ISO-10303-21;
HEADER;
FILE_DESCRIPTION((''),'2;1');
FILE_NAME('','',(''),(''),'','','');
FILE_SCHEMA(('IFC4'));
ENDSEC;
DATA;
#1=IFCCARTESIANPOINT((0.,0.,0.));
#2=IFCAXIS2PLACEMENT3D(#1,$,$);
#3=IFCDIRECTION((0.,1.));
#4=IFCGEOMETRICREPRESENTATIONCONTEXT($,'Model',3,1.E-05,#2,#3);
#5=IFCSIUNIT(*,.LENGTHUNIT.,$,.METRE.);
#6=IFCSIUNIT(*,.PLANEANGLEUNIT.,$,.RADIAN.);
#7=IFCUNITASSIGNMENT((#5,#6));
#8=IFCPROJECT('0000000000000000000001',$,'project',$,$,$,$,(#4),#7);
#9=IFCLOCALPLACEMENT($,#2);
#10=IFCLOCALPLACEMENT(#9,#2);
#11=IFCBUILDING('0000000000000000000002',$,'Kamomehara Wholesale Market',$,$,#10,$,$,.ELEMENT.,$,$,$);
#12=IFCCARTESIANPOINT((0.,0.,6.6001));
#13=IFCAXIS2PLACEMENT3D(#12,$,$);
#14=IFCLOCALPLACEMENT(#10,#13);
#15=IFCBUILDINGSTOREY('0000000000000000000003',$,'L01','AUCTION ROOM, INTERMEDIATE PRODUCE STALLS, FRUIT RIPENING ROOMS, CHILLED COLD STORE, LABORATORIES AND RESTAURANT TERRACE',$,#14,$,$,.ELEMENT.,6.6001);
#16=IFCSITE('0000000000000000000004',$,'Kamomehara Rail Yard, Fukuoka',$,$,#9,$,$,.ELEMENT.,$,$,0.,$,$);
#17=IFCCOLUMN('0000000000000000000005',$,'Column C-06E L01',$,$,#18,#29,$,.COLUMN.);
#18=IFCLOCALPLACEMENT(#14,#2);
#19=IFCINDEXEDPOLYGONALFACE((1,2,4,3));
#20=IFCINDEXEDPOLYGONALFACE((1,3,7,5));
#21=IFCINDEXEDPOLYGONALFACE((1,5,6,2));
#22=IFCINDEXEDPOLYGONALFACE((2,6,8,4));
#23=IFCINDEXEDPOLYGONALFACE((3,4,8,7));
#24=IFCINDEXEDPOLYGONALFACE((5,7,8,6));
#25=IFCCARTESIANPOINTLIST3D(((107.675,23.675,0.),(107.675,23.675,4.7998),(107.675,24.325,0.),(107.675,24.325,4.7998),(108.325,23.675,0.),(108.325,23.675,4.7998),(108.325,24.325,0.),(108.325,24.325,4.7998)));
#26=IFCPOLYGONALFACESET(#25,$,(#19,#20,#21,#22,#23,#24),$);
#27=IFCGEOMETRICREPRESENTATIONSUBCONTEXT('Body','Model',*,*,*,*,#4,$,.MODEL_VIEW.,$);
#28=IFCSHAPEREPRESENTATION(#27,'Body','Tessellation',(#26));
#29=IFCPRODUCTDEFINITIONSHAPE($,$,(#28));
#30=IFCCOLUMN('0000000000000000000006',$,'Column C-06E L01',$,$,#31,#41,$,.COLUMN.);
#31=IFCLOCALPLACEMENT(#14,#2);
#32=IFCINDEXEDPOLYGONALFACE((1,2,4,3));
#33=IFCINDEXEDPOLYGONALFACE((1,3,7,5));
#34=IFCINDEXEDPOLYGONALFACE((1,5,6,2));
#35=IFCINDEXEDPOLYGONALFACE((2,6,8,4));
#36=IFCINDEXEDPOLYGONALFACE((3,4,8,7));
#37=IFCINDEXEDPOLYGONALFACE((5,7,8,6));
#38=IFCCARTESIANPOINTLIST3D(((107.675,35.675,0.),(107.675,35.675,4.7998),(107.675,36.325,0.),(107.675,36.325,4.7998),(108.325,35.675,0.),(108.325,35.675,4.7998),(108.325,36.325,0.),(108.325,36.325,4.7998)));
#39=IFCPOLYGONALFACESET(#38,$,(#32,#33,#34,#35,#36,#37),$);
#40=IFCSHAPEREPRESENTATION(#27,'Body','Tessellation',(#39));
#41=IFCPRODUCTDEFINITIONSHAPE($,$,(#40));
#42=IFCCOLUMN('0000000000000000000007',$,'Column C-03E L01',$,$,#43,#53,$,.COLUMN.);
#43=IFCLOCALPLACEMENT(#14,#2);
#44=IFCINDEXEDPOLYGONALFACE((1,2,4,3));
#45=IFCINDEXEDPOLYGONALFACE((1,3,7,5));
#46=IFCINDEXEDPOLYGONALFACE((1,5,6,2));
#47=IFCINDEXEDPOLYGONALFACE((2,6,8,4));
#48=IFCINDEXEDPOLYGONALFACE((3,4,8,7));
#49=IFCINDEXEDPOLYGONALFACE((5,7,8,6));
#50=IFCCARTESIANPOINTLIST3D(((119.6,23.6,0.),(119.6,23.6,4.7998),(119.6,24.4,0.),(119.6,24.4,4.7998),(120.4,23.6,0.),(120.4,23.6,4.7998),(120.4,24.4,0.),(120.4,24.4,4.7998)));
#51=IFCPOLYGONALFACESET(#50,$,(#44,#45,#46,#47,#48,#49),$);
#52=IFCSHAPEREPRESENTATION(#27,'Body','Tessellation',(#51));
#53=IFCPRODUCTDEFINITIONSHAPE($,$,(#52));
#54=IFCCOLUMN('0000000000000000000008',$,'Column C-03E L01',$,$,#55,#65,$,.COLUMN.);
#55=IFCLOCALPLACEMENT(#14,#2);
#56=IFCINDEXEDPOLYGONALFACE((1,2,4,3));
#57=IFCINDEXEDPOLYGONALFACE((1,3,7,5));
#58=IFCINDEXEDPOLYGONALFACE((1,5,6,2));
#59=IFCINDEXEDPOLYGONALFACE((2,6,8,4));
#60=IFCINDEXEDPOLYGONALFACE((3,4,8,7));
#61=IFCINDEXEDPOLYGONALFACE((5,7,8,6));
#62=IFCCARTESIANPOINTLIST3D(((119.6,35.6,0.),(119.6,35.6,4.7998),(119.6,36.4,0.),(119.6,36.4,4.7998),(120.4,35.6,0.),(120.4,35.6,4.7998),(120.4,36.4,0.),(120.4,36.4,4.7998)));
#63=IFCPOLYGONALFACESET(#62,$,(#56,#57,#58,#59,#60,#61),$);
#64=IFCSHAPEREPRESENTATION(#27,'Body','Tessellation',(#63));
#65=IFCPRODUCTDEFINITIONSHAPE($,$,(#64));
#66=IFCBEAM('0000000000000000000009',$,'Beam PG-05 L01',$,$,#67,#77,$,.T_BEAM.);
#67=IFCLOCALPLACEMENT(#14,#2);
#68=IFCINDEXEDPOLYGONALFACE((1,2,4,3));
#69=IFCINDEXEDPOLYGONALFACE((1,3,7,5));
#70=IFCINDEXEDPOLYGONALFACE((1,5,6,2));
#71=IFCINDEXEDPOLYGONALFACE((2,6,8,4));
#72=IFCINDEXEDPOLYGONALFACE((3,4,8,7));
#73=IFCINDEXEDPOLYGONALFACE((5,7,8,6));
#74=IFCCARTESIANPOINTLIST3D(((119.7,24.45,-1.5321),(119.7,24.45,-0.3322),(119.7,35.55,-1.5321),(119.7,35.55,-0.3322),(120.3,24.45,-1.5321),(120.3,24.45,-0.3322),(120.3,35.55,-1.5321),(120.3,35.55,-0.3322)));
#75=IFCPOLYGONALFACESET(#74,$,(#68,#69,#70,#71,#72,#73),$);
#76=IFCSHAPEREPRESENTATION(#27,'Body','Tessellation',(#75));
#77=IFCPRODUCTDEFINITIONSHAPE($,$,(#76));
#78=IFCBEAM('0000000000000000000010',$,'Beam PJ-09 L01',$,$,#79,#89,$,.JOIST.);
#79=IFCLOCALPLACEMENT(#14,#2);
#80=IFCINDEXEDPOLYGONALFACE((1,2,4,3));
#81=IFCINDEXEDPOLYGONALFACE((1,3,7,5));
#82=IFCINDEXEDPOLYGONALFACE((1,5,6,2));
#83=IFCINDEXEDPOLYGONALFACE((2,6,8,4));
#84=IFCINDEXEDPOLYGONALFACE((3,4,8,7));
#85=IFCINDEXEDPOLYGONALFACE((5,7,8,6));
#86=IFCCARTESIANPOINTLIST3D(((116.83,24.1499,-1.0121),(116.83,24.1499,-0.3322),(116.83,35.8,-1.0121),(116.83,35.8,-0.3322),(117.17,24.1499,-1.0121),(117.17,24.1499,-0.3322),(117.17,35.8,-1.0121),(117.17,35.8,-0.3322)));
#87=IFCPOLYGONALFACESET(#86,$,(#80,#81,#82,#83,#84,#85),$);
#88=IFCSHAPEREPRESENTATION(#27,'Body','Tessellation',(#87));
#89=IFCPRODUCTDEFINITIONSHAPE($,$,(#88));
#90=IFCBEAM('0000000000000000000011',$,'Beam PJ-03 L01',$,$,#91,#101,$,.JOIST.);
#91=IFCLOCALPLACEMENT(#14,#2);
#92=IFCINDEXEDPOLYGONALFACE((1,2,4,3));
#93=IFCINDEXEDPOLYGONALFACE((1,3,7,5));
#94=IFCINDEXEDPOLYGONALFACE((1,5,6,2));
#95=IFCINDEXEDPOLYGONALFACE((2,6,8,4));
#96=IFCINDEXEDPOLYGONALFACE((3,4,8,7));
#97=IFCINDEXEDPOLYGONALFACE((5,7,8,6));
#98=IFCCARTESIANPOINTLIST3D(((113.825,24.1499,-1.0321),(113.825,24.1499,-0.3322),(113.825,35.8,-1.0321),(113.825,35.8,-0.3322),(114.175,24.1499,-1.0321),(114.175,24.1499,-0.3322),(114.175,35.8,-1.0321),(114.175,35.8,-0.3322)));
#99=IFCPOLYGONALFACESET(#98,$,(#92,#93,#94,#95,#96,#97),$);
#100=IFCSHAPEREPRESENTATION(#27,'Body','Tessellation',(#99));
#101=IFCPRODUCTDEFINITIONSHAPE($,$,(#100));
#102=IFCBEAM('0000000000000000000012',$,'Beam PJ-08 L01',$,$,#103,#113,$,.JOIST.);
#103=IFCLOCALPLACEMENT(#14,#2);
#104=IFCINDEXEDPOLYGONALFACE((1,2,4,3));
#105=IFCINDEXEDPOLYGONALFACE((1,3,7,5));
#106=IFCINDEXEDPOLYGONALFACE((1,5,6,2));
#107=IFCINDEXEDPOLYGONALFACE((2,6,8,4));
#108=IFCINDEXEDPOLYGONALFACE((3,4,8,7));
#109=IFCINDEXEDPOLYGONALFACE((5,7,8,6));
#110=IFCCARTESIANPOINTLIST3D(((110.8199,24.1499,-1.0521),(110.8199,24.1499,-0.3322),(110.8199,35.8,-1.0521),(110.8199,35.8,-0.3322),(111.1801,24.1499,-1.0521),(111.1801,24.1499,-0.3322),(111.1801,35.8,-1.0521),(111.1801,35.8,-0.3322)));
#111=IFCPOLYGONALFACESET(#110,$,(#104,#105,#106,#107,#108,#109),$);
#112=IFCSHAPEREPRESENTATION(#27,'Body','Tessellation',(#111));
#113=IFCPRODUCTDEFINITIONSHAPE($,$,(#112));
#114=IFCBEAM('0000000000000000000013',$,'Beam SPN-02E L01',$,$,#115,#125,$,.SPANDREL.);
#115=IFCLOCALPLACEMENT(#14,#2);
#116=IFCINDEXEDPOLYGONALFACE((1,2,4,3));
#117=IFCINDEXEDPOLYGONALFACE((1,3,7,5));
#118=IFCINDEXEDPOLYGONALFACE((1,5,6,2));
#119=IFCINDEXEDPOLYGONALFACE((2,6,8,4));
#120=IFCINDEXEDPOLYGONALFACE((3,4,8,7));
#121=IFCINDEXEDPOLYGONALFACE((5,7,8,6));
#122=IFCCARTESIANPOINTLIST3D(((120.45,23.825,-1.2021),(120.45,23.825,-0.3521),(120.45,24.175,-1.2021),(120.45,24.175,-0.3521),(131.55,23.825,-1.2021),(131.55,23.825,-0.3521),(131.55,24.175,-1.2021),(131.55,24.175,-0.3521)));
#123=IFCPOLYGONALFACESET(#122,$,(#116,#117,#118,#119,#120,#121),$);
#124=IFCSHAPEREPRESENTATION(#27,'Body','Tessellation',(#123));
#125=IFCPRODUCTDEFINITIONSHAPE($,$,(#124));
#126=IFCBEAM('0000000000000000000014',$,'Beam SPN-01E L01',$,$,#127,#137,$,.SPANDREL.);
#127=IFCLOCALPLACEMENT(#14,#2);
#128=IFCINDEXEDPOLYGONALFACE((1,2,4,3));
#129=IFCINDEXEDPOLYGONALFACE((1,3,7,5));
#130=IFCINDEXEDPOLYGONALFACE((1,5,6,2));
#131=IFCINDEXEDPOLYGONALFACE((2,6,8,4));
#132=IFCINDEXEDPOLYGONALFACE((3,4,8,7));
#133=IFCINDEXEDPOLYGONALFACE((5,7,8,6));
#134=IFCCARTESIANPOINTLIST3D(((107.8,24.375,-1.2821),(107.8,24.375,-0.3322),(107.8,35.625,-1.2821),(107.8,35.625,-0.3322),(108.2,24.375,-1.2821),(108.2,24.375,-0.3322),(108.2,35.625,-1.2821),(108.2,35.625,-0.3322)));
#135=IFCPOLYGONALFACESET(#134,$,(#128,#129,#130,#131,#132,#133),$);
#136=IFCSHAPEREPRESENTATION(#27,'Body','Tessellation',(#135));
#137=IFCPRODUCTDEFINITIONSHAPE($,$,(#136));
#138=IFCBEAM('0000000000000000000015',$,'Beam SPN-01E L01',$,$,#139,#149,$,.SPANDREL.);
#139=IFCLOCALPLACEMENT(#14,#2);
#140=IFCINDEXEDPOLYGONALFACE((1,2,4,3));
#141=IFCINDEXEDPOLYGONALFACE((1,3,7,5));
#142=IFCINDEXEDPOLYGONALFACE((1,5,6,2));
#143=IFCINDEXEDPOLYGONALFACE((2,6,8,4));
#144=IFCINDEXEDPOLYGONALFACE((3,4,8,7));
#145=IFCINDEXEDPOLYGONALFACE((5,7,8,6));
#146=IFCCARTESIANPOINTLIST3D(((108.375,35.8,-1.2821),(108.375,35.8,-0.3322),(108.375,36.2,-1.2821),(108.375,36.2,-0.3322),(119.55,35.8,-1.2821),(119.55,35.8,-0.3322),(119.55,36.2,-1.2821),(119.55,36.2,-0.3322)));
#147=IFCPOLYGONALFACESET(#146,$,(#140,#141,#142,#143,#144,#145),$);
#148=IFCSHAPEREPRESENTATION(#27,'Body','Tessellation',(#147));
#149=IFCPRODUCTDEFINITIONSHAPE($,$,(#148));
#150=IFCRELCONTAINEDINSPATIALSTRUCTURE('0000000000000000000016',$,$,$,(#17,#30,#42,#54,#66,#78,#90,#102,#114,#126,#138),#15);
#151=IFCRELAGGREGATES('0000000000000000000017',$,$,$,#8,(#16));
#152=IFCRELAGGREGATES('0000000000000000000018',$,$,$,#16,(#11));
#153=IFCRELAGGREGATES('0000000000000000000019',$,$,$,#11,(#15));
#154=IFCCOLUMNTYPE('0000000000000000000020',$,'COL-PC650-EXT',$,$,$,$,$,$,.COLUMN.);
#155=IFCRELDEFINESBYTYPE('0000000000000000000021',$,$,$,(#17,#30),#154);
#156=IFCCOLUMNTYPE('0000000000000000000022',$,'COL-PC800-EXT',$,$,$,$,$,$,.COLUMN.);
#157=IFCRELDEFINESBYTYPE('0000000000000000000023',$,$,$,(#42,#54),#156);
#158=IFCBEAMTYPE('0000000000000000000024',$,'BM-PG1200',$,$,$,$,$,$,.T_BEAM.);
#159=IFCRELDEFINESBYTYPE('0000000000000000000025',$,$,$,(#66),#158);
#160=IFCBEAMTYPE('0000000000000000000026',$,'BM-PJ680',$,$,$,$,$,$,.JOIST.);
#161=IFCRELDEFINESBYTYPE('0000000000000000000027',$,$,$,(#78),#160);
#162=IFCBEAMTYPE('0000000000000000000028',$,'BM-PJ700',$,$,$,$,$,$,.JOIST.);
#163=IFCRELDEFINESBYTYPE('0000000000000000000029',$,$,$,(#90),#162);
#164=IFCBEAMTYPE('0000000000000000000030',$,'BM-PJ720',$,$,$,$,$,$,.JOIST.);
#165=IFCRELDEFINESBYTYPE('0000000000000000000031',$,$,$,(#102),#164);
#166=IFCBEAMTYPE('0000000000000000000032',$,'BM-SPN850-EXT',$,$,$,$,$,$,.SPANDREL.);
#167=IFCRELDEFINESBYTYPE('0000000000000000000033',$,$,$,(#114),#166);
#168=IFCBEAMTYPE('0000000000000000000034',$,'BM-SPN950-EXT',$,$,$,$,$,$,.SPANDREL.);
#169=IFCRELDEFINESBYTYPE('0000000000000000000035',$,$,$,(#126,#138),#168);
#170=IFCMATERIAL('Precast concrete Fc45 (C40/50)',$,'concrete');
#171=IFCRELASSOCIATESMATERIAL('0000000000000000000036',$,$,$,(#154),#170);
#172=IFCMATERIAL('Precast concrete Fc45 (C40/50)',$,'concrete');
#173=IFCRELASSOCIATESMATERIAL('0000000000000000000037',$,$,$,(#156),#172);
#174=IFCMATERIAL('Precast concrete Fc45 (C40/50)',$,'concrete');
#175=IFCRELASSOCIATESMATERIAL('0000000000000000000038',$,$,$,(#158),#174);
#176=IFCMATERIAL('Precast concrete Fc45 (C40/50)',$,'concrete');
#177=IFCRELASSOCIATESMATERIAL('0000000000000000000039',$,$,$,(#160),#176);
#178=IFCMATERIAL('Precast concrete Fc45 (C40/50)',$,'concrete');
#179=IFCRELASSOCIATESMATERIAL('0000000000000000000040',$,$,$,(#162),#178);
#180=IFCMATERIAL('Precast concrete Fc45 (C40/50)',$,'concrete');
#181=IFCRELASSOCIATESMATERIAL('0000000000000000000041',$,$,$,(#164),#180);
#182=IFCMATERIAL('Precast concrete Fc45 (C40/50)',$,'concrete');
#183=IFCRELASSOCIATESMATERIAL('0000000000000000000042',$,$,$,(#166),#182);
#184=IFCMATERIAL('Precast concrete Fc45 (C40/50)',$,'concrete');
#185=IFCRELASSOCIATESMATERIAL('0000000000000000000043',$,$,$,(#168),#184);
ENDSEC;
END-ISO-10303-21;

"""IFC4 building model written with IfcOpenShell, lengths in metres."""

from ifc_helpers import new_model, si_unit, direction, frame, origin, origin_2d, place, context, subcontext, project, spatial, rectangle, extrude, material, material_profile, profile_set, type_object, element, save


model = new_model("IFC4")

# Units and contexts
model_context = context("Model", 3, precision=1e-05, world=origin(), true_north=direction((0.0, 1.0)))
body_context = subcontext(model_context, "Body", "Model", "MODEL_VIEW")
ifc_project = project(units=[si_unit("LENGTHUNIT", "METRE"), si_unit("PLANEANGLEUNIT", "RADIAN")], contexts=[model_context])

# Site, building, storey
site_placement = place(None, origin())
site = spatial("IfcSite", under=ifc_project, at=site_placement, Name="Kamomehara Rail Yard, Fukuoka", CompositionType="ELEMENT", RefElevation=0.0)
building_placement = place(site_placement, origin())
building = spatial("IfcBuilding", under=site, at=building_placement, Name="Kamomehara Wholesale Market", CompositionType="ELEMENT")
storey_placement = place(building_placement, frame((0.0, 0.0, 6.6001)))
storey = spatial("IfcBuildingStorey", under=building, at=storey_placement, Name="L01", Description="AUCTION ROOM, INTERMEDIATE PRODUCE STALLS, FRUIT RIPENING ROOMS, CHILLED COLD STORE, LABORATORIES AND RESTAURANT TERRACE", CompositionType="ELEMENT", Elevation=6.6001)

# Columns
ifc_material_1 = material(Name="Precast concrete Fc45 (C40/50)", Category="concrete")
ifc_material_profile_1 = material_profile(ifc_material_1, rectangle(XDim=0.6499, YDim=0.6499, at=origin_2d()), Name="PC-COL-650x650")
ifc_profile_set_1 = profile_set([ifc_material_profile_1], Name="Precast concrete Fc45 (C40/50)")
column_type_1 = type_object("IfcColumnType", Name="COL-PC650-EXT", PredefinedType="COLUMN", material=ifc_profile_set_1)
for number, where, z_axis, x_axis, name in (
    (1, (108.0, 24.0, 0.0), (0.0, 0.0, 1.0), (1.0, 0.0, 0.0), "Column C-06E L01"),
    (2, (108.0, 36.0, 0.0), (0.0, 0.0, 1.0), (1.0, 0.0, 0.0), "Column C-06E L01"),
):
    element("IfcColumn", number, at=place(storey_placement, frame(where, z_axis=z_axis, x_axis=x_axis)), inside=storey, type_object=column_type_1, Name=name, PredefinedType="COLUMN", context=body_context, shape_type="SweptSolid", body=[
        extrude(rectangle(XDim=0.6499, YDim=0.6499, at=origin_2d()), origin(), (0.0, 0.0, 1.0), 4.7998),
    ])
ifc_material_2 = material(Name="Precast concrete Fc45 (C40/50)", Category="concrete")
ifc_material_profile_2 = material_profile(ifc_material_2, rectangle(XDim=0.8, YDim=0.8, at=origin_2d()), Name="PC-COL-800x800")
ifc_profile_set_2 = profile_set([ifc_material_profile_2], Name="Precast concrete Fc45 (C40/50)")
column_type_2 = type_object("IfcColumnType", Name="COL-PC800-EXT", PredefinedType="COLUMN", material=ifc_profile_set_2)
for number, where, z_axis, x_axis, name in (
    (3, (120.0, 24.0, 0.0), (0.0, 0.0, 1.0), (1.0, 0.0, 0.0), "Column C-03E L01"),
    (4, (120.0, 36.0, 0.0), (0.0, 0.0, 1.0), (1.0, 0.0, 0.0), "Column C-03E L01"),
):
    element("IfcColumn", number, at=place(storey_placement, frame(where, z_axis=z_axis, x_axis=x_axis)), inside=storey, type_object=column_type_2, Name=name, PredefinedType="COLUMN", context=body_context, shape_type="SweptSolid", body=[
        extrude(rectangle(XDim=0.8, YDim=0.8, at=origin_2d()), origin(), (0.0, 0.0, 1.0), 4.7998),
    ])

# Beams
ifc_material_3 = material(Name="Precast concrete Fc45 (C40/50)", Category="concrete")
ifc_material_profile_3 = material_profile(ifc_material_3, rectangle(XDim=0.6001, YDim=1.2, at=origin_2d()), Name="PC-GRD-600x1200")
ifc_profile_set_3 = profile_set([ifc_material_profile_3], Name="Precast concrete Fc45 (C40/50)")
beam_type_1 = type_object("IfcBeamType", Name="BM-PG1200", PredefinedType="T_BEAM", material=ifc_profile_set_3)
beam_1_placement = place(storey_placement, frame((120.0, 24.45, -0.9321), z_axis=(0.0, 1.0, 0.0), x_axis=(-1.0, 0.0, 0.0)))
element("IfcBeam", 5, at=beam_1_placement, inside=storey, type_object=beam_type_1, Name="Beam PG-05 L01", PredefinedType="T_BEAM", context=body_context, shape_type="SweptSolid", body=[
    extrude(rectangle(XDim=0.6001, YDim=1.2, at=origin_2d()), origin(), (0.0, 0.0, 1.0), 11.1001),
])
ifc_material_4 = material(Name="Precast concrete Fc45 (C40/50)", Category="concrete")
ifc_material_profile_4 = material_profile(ifc_material_4, rectangle(XDim=0.3401, YDim=0.6799, at=origin_2d()), Name="PC-JST-340x680")
ifc_profile_set_4 = profile_set([ifc_material_profile_4], Name="Precast concrete Fc45 (C40/50)")
beam_type_2 = type_object("IfcBeamType", Name="BM-PJ680", PredefinedType="JOIST", material=ifc_profile_set_4)
beam_2_placement = place(storey_placement, frame((117.0, 24.1499, -0.6721), z_axis=(0.0, 1.0, 0.0), x_axis=(-1.0, 0.0, 0.0)))
element("IfcBeam", 6, at=beam_2_placement, inside=storey, type_object=beam_type_2, Name="Beam PJ-09 L01", PredefinedType="JOIST", context=body_context, shape_type="SweptSolid", body=[
    extrude(rectangle(XDim=0.3401, YDim=0.6799, at=origin_2d()), origin(), (0.0, 0.0, 1.0), 11.6501),
])
ifc_material_5 = material(Name="Precast concrete Fc45 (C40/50)", Category="concrete")
ifc_material_profile_5 = material_profile(ifc_material_5, rectangle(XDim=0.3501, YDim=0.7, at=origin_2d()), Name="PC-JST-350x700")
ifc_profile_set_5 = profile_set([ifc_material_profile_5], Name="Precast concrete Fc45 (C40/50)")
beam_type_3 = type_object("IfcBeamType", Name="BM-PJ700", PredefinedType="JOIST", material=ifc_profile_set_5)
beam_3_placement = place(storey_placement, frame((114.0, 24.1499, -0.6821), z_axis=(0.0, 1.0, 0.0), x_axis=(-1.0, 0.0, 0.0)))
element("IfcBeam", 7, at=beam_3_placement, inside=storey, type_object=beam_type_3, Name="Beam PJ-03 L01", PredefinedType="JOIST", context=body_context, shape_type="SweptSolid", body=[
    extrude(rectangle(XDim=0.3501, YDim=0.7, at=origin_2d()), origin(), (0.0, 0.0, 1.0), 11.6501),
])
ifc_material_6 = material(Name="Precast concrete Fc45 (C40/50)", Category="concrete")
ifc_material_profile_6 = material_profile(ifc_material_6, rectangle(XDim=0.3601, YDim=0.72, at=origin_2d()), Name="PC-JST-360x720")
ifc_profile_set_6 = profile_set([ifc_material_profile_6], Name="Precast concrete Fc45 (C40/50)")
beam_type_4 = type_object("IfcBeamType", Name="BM-PJ720", PredefinedType="JOIST", material=ifc_profile_set_6)
beam_4_placement = place(storey_placement, frame((111.0, 24.1499, -0.6921), z_axis=(0.0, 1.0, 0.0), x_axis=(-1.0, 0.0, 0.0)))
element("IfcBeam", 8, at=beam_4_placement, inside=storey, type_object=beam_type_4, Name="Beam PJ-08 L01", PredefinedType="JOIST", context=body_context, shape_type="SweptSolid", body=[
    extrude(rectangle(XDim=0.3601, YDim=0.72, at=origin_2d()), origin(), (0.0, 0.0, 1.0), 11.6501),
])
ifc_material_7 = material(Name="Precast concrete Fc45 (C40/50)", Category="concrete")
ifc_material_profile_7 = material_profile(ifc_material_7, rectangle(XDim=0.3501, YDim=0.8501, at=origin_2d()), Name="PC-SPN-350x850")
ifc_profile_set_7 = profile_set([ifc_material_profile_7], Name="Precast concrete Fc45 (C40/50)")
beam_type_5 = type_object("IfcBeamType", Name="BM-SPN850-EXT", PredefinedType="SPANDREL", material=ifc_profile_set_7)
beam_5_placement = place(storey_placement, frame((120.45, 24.0, -0.7771), z_axis=(1.0, 0.0, 0.0), x_axis=(0.0, 1.0, 0.0)))
element("IfcBeam", 9, at=beam_5_placement, inside=storey, type_object=beam_type_5, Name="Beam SPN-02E L01", PredefinedType="SPANDREL", context=body_context, shape_type="SweptSolid", body=[
    extrude(rectangle(XDim=0.3501, YDim=0.8501, at=origin_2d()), origin(), (0.0, 0.0, 1.0), 11.1001),
])
ifc_material_8 = material(Name="Precast concrete Fc45 (C40/50)", Category="concrete")
ifc_material_profile_8 = material_profile(ifc_material_8, rectangle(XDim=0.3999, YDim=0.95, at=origin_2d()), Name="PC-SPN-400x950")
ifc_profile_set_8 = profile_set([ifc_material_profile_8], Name="Precast concrete Fc45 (C40/50)")
beam_type_6 = type_object("IfcBeamType", Name="BM-SPN950-EXT", PredefinedType="SPANDREL", material=ifc_profile_set_8)
beam_6_placement = place(storey_placement, frame((108.0, 24.375, -0.8071), z_axis=(0.0, 1.0, 0.0), x_axis=(-1.0, 0.0, 0.0)))
element("IfcBeam", 10, at=beam_6_placement, inside=storey, type_object=beam_type_6, Name="Beam SPN-01E L01", PredefinedType="SPANDREL", context=body_context, shape_type="SweptSolid", body=[
    extrude(rectangle(XDim=0.3999, YDim=0.95, at=origin_2d()), origin(), (0.0, 0.0, 1.0), 11.25),
])
beam_7_placement = place(storey_placement, frame((108.375, 36.0, -0.8071), z_axis=(1.0, 0.0, 0.0), x_axis=(0.0, 1.0, 0.0)))
element("IfcBeam", 11, at=beam_7_placement, inside=storey, type_object=beam_type_6, Name="Beam SPN-01E L01", PredefinedType="SPANDREL", context=body_context, shape_type="SweptSolid", body=[
    extrude(rectangle(XDim=0.3999, YDim=0.95, at=origin_2d()), origin(), (0.0, 0.0, 1.0), 11.175),
])

save(model, "model.ifc")
